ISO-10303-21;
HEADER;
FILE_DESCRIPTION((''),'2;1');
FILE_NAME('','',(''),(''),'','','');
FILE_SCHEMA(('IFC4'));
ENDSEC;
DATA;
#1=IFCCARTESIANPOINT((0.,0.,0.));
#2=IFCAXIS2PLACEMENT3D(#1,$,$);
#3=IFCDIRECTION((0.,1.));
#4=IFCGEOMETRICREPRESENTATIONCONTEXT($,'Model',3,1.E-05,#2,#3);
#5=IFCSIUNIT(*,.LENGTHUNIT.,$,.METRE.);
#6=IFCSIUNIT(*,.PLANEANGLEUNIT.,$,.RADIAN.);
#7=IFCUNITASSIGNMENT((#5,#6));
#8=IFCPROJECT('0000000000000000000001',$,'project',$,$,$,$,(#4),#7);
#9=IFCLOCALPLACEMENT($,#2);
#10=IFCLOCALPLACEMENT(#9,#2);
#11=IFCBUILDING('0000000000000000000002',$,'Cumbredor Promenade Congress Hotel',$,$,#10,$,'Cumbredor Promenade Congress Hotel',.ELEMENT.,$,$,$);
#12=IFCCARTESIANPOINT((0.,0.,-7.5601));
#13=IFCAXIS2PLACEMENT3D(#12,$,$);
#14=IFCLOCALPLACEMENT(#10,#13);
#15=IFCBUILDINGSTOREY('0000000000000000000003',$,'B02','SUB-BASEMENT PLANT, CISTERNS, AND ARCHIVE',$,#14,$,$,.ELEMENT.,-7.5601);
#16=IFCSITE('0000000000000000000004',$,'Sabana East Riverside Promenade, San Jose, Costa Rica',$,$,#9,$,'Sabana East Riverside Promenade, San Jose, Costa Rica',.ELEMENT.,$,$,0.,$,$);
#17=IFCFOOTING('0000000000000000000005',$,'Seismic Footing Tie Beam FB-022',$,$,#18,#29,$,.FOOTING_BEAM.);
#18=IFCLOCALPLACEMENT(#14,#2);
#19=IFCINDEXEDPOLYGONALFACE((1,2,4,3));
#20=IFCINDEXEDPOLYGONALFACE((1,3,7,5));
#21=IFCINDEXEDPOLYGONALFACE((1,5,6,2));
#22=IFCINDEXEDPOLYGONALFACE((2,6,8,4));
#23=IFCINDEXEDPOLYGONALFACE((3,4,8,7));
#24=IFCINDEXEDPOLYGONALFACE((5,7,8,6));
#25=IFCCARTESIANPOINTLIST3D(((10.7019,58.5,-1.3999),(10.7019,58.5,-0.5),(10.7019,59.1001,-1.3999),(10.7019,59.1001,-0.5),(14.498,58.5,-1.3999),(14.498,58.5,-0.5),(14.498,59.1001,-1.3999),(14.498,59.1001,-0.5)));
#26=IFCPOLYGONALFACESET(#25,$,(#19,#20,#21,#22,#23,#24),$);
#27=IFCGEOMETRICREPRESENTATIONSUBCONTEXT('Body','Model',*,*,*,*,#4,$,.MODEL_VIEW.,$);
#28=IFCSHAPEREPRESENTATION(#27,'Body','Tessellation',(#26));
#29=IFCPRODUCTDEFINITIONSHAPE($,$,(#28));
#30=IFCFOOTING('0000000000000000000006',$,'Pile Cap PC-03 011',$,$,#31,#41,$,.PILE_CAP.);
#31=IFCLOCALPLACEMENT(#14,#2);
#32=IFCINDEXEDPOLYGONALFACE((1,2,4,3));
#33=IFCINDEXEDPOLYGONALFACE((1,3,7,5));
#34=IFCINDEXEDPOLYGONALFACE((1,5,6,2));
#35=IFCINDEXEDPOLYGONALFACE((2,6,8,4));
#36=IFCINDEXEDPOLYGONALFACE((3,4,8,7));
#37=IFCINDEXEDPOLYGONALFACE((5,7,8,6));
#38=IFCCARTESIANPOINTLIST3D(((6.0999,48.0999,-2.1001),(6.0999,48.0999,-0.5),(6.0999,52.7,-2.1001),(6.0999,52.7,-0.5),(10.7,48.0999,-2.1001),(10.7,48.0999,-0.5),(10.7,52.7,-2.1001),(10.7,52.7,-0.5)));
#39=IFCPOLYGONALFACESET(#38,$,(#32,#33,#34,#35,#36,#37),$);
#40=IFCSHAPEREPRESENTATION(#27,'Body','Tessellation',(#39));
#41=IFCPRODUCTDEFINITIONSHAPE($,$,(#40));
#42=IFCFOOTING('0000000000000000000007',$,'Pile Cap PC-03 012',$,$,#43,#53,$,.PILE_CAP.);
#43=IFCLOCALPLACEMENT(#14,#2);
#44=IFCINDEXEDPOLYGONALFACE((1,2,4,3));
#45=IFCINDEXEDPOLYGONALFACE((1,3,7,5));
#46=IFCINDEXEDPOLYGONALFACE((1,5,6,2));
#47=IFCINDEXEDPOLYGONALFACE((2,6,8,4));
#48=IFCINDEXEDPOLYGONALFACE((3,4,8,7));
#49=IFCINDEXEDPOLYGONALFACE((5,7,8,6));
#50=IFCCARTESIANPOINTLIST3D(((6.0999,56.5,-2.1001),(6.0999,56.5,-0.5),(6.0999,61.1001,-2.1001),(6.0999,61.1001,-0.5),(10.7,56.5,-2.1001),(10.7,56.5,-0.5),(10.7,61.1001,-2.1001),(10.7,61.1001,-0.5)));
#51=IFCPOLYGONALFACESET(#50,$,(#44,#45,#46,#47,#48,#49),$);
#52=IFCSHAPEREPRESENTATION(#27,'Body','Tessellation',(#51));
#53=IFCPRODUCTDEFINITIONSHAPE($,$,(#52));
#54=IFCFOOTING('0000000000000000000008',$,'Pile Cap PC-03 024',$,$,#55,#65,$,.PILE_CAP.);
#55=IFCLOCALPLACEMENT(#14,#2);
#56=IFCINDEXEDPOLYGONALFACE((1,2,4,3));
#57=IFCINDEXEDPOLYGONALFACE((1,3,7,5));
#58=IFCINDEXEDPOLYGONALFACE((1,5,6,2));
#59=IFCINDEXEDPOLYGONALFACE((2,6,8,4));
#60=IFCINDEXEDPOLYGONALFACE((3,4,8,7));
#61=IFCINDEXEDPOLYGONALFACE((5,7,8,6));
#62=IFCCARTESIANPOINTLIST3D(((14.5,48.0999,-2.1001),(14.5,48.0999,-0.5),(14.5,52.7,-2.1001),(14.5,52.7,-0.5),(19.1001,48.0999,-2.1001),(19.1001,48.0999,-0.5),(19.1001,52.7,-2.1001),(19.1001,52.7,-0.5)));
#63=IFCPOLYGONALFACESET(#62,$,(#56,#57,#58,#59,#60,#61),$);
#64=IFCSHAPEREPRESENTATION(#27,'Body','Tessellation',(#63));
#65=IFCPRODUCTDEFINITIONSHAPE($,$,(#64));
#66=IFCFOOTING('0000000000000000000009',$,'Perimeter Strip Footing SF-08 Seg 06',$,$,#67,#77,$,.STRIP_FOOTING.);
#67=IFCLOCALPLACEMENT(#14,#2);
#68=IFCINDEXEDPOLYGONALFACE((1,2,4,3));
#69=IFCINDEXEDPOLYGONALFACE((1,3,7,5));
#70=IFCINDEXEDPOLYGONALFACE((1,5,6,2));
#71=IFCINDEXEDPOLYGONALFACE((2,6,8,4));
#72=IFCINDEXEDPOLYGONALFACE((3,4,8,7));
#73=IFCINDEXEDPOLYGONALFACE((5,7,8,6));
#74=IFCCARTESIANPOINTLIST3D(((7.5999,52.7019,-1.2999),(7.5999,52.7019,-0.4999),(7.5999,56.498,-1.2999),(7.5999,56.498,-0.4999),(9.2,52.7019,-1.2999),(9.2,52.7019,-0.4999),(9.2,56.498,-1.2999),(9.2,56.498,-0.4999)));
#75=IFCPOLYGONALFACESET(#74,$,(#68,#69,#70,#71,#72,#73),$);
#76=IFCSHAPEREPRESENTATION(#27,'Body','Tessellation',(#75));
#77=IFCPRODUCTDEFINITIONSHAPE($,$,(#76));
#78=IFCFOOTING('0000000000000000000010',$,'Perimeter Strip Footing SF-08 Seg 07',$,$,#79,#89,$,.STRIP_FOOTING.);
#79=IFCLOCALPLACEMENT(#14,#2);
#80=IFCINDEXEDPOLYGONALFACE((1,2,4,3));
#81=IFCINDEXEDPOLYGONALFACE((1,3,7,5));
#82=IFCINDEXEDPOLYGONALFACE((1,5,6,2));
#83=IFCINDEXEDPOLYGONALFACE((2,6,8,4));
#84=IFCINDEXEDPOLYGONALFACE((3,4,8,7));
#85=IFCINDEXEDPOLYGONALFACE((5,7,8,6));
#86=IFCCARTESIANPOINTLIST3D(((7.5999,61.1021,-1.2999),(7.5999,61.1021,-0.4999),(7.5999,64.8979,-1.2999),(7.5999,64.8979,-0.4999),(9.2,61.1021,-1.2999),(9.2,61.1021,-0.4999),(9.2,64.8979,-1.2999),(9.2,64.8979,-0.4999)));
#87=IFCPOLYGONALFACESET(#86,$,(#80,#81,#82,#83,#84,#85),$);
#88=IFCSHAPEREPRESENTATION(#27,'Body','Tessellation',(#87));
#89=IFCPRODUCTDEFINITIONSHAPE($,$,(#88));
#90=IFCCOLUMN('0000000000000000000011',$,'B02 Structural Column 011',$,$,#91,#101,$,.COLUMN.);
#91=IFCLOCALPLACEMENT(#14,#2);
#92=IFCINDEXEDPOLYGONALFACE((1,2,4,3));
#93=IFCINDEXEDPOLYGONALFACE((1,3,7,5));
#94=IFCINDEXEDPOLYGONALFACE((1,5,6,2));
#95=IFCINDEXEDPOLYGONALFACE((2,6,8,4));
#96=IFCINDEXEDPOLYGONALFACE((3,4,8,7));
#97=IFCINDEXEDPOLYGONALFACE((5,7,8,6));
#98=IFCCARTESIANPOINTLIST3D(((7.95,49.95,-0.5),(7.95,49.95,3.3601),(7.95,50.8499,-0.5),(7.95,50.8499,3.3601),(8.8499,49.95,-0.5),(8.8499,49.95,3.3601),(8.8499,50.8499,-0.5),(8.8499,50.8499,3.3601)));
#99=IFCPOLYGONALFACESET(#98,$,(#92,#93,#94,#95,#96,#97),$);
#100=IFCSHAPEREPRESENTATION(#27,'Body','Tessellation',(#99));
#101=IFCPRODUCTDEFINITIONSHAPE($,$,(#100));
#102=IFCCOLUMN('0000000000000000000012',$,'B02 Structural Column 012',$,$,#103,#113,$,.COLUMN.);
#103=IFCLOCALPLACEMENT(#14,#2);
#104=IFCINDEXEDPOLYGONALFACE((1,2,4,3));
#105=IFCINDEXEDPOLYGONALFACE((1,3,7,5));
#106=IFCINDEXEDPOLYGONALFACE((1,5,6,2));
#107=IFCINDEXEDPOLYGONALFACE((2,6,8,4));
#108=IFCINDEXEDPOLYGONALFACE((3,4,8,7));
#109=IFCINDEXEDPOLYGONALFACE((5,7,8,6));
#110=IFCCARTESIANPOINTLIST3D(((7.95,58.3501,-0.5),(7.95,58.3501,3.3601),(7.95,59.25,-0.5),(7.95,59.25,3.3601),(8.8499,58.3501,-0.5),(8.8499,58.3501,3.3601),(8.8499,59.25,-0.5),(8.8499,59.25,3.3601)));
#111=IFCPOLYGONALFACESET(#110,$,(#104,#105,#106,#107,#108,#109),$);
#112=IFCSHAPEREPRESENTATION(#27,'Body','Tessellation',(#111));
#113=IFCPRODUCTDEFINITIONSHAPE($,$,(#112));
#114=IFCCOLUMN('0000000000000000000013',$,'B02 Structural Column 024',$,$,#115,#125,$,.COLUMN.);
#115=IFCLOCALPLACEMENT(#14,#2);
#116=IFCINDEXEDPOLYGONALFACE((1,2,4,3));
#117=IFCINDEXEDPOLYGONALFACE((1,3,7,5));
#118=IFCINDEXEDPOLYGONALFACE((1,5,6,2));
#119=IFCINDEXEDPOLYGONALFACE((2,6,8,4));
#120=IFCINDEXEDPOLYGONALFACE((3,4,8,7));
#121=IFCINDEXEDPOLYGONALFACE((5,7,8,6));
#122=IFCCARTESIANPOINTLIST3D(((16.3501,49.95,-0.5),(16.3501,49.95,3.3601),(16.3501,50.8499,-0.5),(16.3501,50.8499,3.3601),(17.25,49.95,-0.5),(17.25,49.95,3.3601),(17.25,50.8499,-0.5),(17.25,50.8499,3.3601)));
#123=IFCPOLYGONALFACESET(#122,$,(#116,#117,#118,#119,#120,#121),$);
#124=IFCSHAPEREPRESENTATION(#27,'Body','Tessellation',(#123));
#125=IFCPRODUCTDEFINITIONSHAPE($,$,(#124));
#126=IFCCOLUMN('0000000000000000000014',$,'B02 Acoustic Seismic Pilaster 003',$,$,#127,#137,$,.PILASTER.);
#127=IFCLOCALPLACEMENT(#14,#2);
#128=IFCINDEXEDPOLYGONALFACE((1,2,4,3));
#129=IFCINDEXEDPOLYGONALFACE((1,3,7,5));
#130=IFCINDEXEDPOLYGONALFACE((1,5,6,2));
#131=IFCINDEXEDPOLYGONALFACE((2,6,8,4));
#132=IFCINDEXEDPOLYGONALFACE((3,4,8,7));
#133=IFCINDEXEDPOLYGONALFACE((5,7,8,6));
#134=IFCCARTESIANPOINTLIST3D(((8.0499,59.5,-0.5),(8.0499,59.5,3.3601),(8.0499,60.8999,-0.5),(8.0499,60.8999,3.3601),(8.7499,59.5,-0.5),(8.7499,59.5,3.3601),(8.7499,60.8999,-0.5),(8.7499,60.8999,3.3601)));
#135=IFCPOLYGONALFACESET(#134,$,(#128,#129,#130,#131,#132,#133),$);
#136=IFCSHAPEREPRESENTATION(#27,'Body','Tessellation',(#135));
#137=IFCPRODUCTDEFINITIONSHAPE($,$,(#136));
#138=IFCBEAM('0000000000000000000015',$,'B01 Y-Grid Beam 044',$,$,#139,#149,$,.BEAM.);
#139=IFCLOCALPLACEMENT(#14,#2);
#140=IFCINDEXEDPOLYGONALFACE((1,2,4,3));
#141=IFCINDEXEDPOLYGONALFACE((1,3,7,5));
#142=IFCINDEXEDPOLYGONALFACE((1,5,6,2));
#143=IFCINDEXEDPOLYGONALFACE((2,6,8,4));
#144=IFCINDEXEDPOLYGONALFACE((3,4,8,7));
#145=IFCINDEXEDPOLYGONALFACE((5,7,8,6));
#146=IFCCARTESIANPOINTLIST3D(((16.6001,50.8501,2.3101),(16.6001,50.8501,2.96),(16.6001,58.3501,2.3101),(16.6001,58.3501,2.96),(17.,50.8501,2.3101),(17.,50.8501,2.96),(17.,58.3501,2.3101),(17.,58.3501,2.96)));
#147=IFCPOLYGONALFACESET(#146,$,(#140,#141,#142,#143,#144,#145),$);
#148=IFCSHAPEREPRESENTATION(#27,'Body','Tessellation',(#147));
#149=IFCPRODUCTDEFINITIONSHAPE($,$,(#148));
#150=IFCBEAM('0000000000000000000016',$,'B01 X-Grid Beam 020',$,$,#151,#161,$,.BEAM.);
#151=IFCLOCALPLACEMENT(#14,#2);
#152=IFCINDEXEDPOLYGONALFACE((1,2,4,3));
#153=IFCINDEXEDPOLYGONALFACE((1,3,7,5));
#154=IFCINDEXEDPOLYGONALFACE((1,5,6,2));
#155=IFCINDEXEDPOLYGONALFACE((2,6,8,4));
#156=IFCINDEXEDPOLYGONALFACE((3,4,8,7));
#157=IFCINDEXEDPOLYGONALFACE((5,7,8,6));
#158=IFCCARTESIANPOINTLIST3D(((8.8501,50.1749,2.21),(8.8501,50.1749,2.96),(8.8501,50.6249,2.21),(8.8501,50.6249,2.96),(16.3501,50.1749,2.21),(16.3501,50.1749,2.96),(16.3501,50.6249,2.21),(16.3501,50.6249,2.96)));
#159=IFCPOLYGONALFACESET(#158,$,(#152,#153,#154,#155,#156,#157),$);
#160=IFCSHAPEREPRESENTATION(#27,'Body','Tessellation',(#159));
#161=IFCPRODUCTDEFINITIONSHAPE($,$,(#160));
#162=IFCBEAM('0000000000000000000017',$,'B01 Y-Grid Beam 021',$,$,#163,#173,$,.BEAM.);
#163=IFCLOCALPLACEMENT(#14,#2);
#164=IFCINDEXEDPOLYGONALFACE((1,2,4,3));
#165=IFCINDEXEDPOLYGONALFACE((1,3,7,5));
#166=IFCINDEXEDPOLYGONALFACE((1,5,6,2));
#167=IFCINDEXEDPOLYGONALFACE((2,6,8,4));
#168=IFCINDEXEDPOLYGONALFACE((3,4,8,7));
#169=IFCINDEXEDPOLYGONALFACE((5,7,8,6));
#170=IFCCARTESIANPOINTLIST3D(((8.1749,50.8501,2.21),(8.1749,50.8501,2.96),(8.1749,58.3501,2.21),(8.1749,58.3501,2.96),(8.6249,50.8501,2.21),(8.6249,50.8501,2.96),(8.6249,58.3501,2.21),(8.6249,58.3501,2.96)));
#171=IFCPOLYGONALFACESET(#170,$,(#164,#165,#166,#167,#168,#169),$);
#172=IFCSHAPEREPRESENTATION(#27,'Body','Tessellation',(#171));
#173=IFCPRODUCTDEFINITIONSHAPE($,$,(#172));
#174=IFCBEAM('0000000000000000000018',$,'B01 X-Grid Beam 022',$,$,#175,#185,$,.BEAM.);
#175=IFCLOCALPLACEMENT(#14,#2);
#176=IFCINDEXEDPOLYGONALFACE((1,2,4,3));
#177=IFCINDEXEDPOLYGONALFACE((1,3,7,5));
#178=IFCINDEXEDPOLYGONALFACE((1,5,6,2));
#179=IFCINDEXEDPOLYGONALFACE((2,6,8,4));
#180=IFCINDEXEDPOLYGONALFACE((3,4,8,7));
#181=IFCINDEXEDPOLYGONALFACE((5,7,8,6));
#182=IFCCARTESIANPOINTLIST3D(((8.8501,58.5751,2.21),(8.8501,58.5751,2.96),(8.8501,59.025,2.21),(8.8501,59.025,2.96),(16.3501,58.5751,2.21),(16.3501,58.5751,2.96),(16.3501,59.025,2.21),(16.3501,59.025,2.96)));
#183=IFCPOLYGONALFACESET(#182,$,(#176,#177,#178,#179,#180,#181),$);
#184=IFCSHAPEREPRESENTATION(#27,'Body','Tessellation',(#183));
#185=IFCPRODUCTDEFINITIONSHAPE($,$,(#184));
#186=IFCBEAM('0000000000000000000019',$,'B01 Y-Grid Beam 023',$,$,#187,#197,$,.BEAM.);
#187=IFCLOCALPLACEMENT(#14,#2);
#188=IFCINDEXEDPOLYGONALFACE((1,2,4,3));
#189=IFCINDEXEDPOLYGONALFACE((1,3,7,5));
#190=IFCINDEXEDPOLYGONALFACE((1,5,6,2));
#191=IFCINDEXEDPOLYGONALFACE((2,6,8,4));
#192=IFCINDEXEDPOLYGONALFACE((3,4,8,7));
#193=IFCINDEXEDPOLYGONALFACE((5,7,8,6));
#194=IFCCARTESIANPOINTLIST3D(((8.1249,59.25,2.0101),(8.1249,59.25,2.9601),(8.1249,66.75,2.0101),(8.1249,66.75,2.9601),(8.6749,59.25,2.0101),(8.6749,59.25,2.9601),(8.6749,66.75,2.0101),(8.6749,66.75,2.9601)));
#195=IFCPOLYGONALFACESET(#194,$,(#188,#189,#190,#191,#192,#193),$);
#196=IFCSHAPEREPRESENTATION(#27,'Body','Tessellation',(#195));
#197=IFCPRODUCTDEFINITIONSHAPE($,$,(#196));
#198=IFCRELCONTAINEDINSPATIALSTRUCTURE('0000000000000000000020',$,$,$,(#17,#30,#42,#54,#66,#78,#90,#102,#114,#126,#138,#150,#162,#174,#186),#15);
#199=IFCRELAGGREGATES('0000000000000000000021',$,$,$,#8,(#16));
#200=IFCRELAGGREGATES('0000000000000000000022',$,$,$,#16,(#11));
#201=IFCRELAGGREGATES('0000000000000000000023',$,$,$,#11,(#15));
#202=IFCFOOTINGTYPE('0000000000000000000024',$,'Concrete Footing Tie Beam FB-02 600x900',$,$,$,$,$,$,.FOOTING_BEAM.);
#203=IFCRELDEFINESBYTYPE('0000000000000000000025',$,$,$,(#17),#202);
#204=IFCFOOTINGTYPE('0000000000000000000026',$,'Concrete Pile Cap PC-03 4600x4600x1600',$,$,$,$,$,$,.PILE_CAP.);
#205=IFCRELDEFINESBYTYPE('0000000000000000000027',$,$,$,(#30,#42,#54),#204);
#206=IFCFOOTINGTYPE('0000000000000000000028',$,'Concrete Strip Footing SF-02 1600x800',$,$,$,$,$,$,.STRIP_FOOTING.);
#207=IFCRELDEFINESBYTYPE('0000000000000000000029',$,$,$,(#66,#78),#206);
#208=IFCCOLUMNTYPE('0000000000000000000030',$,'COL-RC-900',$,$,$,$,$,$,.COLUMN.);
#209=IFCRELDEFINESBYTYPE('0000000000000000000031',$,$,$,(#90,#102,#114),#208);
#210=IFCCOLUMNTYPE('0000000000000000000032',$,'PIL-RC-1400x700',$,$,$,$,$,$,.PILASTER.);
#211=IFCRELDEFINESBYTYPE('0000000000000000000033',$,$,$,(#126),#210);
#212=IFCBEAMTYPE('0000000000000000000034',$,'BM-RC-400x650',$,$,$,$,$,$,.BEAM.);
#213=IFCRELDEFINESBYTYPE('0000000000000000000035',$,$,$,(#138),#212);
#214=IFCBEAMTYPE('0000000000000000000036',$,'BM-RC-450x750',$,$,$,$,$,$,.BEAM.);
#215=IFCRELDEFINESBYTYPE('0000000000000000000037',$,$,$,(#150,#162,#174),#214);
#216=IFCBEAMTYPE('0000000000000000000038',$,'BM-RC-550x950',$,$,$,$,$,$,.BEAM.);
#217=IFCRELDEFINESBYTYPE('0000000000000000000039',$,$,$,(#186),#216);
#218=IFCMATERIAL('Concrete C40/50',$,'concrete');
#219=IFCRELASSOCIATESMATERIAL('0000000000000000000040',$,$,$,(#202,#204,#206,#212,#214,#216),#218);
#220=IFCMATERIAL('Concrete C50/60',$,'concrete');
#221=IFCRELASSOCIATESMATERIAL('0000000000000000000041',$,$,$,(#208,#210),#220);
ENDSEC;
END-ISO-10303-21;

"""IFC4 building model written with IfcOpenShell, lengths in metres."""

from ifc_helpers import new_model, si_unit, direction, frame, origin, origin_2d, place, context, subcontext, project, spatial, rectangle, extrude, material, material_profile, profile_set, type_object, element, save


model = new_model("IFC4")

# Units and contexts
model_context = context("Model", 3, precision=1e-05, world=origin(), true_north=direction((0.0, 1.0)))
body_context = subcontext(model_context, "Body", "Model", "MODEL_VIEW")
ifc_project = project(units=[si_unit("LENGTHUNIT", "METRE"), si_unit("PLANEANGLEUNIT", "RADIAN")], contexts=[model_context])

# Site, building, storey
site_placement = place(None, origin())
site = spatial("IfcSite", under=ifc_project, at=site_placement, Name="Sabana East Riverside Promenade, San Jose, Costa Rica", LongName="Sabana East Riverside Promenade, San Jose, Costa Rica", CompositionType="ELEMENT", RefElevation=0.0)
building_placement = place(site_placement, origin())
building = spatial("IfcBuilding", under=site, at=building_placement, Name="Cumbredor Promenade Congress Hotel", LongName="Cumbredor Promenade Congress Hotel", CompositionType="ELEMENT")
storey_placement = place(building_placement, frame((0.0, 0.0, -7.5601)))
storey = spatial("IfcBuildingStorey", under=building, at=storey_placement, Name="B02", Description="SUB-BASEMENT PLANT, CISTERNS, AND ARCHIVE", CompositionType="ELEMENT", Elevation=-7.5601)

# Shared definitions
ifc_material_1 = material(Name="Concrete C40/50", Category="concrete")

# Footings
ifc_material_profile_1 = material_profile(ifc_material_1, rectangle(XDim=0.6001, YDim=0.8999, at=origin_2d()), Name="FB 600x900")
ifc_profile_set_1 = profile_set([ifc_material_profile_1], Name="Concrete C40/50")
footing_type_1 = type_object("IfcFootingType", Name="Concrete Footing Tie Beam FB-02 600x900", PredefinedType="FOOTING_BEAM", material=ifc_profile_set_1)
for number, where, z_axis, x_axis, name in (
    (1, (10.7019, 58.8, -0.95), (1.0, 0.0, 0.0), (0.0, 1.0, 0.0), "Seismic Footing Tie Beam FB-022"),
):
    element("IfcFooting", number, at=place(storey_placement, frame(where, z_axis=z_axis, x_axis=x_axis)), inside=storey, type_object=footing_type_1, Name=name, PredefinedType="FOOTING_BEAM", context=body_context, shape_type="SweptSolid", body=[
        extrude(rectangle(XDim=0.6001, YDim=0.8999, at=origin_2d()), origin(), (0.0, 0.0, 1.0), 3.7961),
    ])
footing_type_2 = type_object("IfcFootingType", Name="Concrete Pile Cap PC-03 4600x4600x1600", PredefinedType="PILE_CAP", material=ifc_material_1)
for number, where, z_axis, x_axis, name in (
    (2, (8.3999, 50.3999, -2.1001), (0.0, 0.0, 1.0), (1.0, 0.0, 0.0), "Pile Cap PC-03 011"),
    (3, (8.3999, 58.8, -2.1001), (0.0, 0.0, 1.0), (1.0, 0.0, 0.0), "Pile Cap PC-03 012"),
    (4, (16.8, 50.3999, -2.1001), (0.0, 0.0, 1.0), (1.0, 0.0, 0.0), "Pile Cap PC-03 024"),
):
    element("IfcFooting", number, at=place(storey_placement, frame(where, z_axis=z_axis, x_axis=x_axis)), inside=storey, type_object=footing_type_2, Name=name, PredefinedType="PILE_CAP", context=body_context, shape_type="SweptSolid", body=[
        extrude(rectangle(XDim=4.6001, YDim=4.6001, at=origin_2d()), origin(), (0.0, 0.0, 1.0), 1.6001),
    ])
ifc_material_profile_2 = material_profile(ifc_material_1, rectangle(XDim=1.6001, YDim=0.8, at=origin_2d()), Name="SF 1600x800")
ifc_profile_set_2 = profile_set([ifc_material_profile_2], Name="Concrete C40/50")
footing_type_3 = type_object("IfcFootingType", Name="Concrete Strip Footing SF-02 1600x800", PredefinedType="STRIP_FOOTING", material=ifc_profile_set_2)
footing_1_placement = place(storey_placement, frame((8.3999, 52.7019, -0.8999), z_axis=(0.0, 1.0, 0.0), x_axis=(-1.0, 0.0, 0.0)))
element("IfcFooting", 5, at=footing_1_placement, inside=storey, type_object=footing_type_3, Name="Perimeter Strip Footing SF-08 Seg 06", PredefinedType="STRIP_FOOTING", context=body_context, shape_type="SweptSolid", body=[
    extrude(rectangle(XDim=1.6001, YDim=0.8, at=origin_2d()), origin(), (0.0, 0.0, 1.0), 3.7961),
])
footing_2_placement = place(storey_placement, frame((8.3999, 61.1021, -0.8999), z_axis=(0.0, 1.0, 0.0), x_axis=(-1.0, 0.0, 0.0)))
element("IfcFooting", 6, at=footing_2_placement, inside=storey, type_object=footing_type_3, Name="Perimeter Strip Footing SF-08 Seg 07", PredefinedType="STRIP_FOOTING", context=body_context, shape_type="SweptSolid", body=[
    extrude(rectangle(XDim=1.6001, YDim=0.8, at=origin_2d()), origin(), (0.0, 0.0, 1.0), 3.7959),
])

# Columns
ifc_material_2 = material(Name="Concrete C50/60", Category="concrete")
ifc_material_profile_3 = material_profile(ifc_material_2, rectangle(XDim=0.8999, YDim=0.8999, at=origin_2d()), Name="RC 900x900")
ifc_profile_set_3 = profile_set([ifc_material_profile_3], Name="Concrete C50/60")
column_type_1 = type_object("IfcColumnType", Name="COL-RC-900", PredefinedType="COLUMN", material=ifc_profile_set_3)
for number, where, z_axis, x_axis, name in (
    (7, (8.3999, 50.3999, -0.5), (0.0, 0.0, 1.0), (1.0, 0.0, 0.0), "B02 Structural Column 011"),
    (8, (8.3999, 58.8, -0.5), (0.0, 0.0, 1.0), (1.0, 0.0, 0.0), "B02 Structural Column 012"),
    (9, (16.8, 50.3999, -0.5), (0.0, 0.0, 1.0), (1.0, 0.0, 0.0), "B02 Structural Column 024"),
):
    element("IfcColumn", number, at=place(storey_placement, frame(where, z_axis=z_axis, x_axis=x_axis)), inside=storey, type_object=column_type_1, Name=name, PredefinedType="COLUMN", context=body_context, shape_type="SweptSolid", body=[
        extrude(rectangle(XDim=0.8999, YDim=0.8999, at=origin_2d()), origin(), (0.0, 0.0, 1.0), 3.8601),
    ])
ifc_material_profile_4 = material_profile(ifc_material_2, rectangle(XDim=0.7, YDim=1.3999, at=origin_2d()), Name="RC PILASTER 1400x700")
ifc_profile_set_4 = profile_set([ifc_material_profile_4], Name="Concrete C50/60")
column_type_2 = type_object("IfcColumnType", Name="PIL-RC-1400x700", PredefinedType="PILASTER", material=ifc_profile_set_4)
column_placement = place(storey_placement, frame((8.3999, 60.2, -0.5), z_axis=(0.0, 0.0, 1.0), x_axis=(1.0, 0.0, 0.0)))
element("IfcColumn", 10, at=column_placement, inside=storey, type_object=column_type_2, Name="B02 Acoustic Seismic Pilaster 003", PredefinedType="PILASTER", context=body_context, shape_type="SweptSolid", body=[
    extrude(rectangle(XDim=0.7, YDim=1.3999, at=origin_2d()), origin(), (0.0, 0.0, 1.0), 3.8601),
])

# Beams
ifc_material_profile_5 = material_profile(ifc_material_1, rectangle(XDim=0.3999, YDim=0.6499, at=origin_2d()), Name="RC BEAM 400x650")
ifc_profile_set_5 = profile_set([ifc_material_profile_5], Name="Concrete C40/50")
beam_type_1 = type_object("IfcBeamType", Name="BM-RC-400x650", PredefinedType="BEAM", material=ifc_profile_set_5)
beam_1_placement = place(storey_placement, frame((16.8, 50.8501, 2.635), z_axis=(0.0, 1.0, 0.0), x_axis=(-1.0, 0.0, 0.0)))
element("IfcBeam", 11, at=beam_1_placement, inside=storey, type_object=beam_type_1, Name="B01 Y-Grid Beam 044", PredefinedType="BEAM", context=body_context, shape_type="SweptSolid", body=[
    extrude(rectangle(XDim=0.3999, YDim=0.6499, at=origin_2d()), origin(), (0.0, 0.0, 1.0), 7.5),
])
ifc_material_profile_6 = material_profile(ifc_material_1, rectangle(XDim=0.45, YDim=0.75, at=origin_2d()), Name="RC BEAM 450x750")
ifc_profile_set_6 = profile_set([ifc_material_profile_6], Name="Concrete C40/50")
beam_type_2 = type_object("IfcBeamType", Name="BM-RC-450x750", PredefinedType="BEAM", material=ifc_profile_set_6)
for number, where, z_axis, x_axis, name in (
    (12, (8.8501, 50.3999, 2.585), (1.0, 0.0, 0.0), (0.0, 1.0, 0.0), "B01 X-Grid Beam 020"),
    (13, (8.3999, 50.8501, 2.585), (0.0, 1.0, 0.0), (-1.0, 0.0, 0.0), "B01 Y-Grid Beam 021"),
    (14, (8.8501, 58.8, 2.585), (1.0, 0.0, 0.0), (0.0, 1.0, 0.0), "B01 X-Grid Beam 022"),
):
    element("IfcBeam", number, at=place(storey_placement, frame(where, z_axis=z_axis, x_axis=x_axis)), inside=storey, type_object=beam_type_2, Name=name, PredefinedType="BEAM", context=body_context, shape_type="SweptSolid", body=[
        extrude(rectangle(XDim=0.45, YDim=0.75, at=origin_2d()), origin(), (0.0, 0.0, 1.0), 7.5),
    ])
ifc_material_profile_7 = material_profile(ifc_material_1, rectangle(XDim=0.55, YDim=0.95, at=origin_2d()), Name="RC BEAM 550x950")
ifc_profile_set_7 = profile_set([ifc_material_profile_7], Name="Concrete C40/50")
beam_type_3 = type_object("IfcBeamType", Name="BM-RC-550x950", PredefinedType="BEAM", material=ifc_profile_set_7)
beam_2_placement = place(storey_placement, frame((8.3999, 59.25, 2.4851), z_axis=(0.0, 1.0, 0.0), x_axis=(-1.0, 0.0, 0.0)))
element("IfcBeam", 15, at=beam_2_placement, inside=storey, type_object=beam_type_3, Name="B01 Y-Grid Beam 023", PredefinedType="BEAM", context=body_context, shape_type="SweptSolid", body=[
    extrude(rectangle(XDim=0.55, YDim=0.95, at=origin_2d()), origin(), (0.0, 0.0, 1.0), 7.5),
])

save(model, "model.ifc")
